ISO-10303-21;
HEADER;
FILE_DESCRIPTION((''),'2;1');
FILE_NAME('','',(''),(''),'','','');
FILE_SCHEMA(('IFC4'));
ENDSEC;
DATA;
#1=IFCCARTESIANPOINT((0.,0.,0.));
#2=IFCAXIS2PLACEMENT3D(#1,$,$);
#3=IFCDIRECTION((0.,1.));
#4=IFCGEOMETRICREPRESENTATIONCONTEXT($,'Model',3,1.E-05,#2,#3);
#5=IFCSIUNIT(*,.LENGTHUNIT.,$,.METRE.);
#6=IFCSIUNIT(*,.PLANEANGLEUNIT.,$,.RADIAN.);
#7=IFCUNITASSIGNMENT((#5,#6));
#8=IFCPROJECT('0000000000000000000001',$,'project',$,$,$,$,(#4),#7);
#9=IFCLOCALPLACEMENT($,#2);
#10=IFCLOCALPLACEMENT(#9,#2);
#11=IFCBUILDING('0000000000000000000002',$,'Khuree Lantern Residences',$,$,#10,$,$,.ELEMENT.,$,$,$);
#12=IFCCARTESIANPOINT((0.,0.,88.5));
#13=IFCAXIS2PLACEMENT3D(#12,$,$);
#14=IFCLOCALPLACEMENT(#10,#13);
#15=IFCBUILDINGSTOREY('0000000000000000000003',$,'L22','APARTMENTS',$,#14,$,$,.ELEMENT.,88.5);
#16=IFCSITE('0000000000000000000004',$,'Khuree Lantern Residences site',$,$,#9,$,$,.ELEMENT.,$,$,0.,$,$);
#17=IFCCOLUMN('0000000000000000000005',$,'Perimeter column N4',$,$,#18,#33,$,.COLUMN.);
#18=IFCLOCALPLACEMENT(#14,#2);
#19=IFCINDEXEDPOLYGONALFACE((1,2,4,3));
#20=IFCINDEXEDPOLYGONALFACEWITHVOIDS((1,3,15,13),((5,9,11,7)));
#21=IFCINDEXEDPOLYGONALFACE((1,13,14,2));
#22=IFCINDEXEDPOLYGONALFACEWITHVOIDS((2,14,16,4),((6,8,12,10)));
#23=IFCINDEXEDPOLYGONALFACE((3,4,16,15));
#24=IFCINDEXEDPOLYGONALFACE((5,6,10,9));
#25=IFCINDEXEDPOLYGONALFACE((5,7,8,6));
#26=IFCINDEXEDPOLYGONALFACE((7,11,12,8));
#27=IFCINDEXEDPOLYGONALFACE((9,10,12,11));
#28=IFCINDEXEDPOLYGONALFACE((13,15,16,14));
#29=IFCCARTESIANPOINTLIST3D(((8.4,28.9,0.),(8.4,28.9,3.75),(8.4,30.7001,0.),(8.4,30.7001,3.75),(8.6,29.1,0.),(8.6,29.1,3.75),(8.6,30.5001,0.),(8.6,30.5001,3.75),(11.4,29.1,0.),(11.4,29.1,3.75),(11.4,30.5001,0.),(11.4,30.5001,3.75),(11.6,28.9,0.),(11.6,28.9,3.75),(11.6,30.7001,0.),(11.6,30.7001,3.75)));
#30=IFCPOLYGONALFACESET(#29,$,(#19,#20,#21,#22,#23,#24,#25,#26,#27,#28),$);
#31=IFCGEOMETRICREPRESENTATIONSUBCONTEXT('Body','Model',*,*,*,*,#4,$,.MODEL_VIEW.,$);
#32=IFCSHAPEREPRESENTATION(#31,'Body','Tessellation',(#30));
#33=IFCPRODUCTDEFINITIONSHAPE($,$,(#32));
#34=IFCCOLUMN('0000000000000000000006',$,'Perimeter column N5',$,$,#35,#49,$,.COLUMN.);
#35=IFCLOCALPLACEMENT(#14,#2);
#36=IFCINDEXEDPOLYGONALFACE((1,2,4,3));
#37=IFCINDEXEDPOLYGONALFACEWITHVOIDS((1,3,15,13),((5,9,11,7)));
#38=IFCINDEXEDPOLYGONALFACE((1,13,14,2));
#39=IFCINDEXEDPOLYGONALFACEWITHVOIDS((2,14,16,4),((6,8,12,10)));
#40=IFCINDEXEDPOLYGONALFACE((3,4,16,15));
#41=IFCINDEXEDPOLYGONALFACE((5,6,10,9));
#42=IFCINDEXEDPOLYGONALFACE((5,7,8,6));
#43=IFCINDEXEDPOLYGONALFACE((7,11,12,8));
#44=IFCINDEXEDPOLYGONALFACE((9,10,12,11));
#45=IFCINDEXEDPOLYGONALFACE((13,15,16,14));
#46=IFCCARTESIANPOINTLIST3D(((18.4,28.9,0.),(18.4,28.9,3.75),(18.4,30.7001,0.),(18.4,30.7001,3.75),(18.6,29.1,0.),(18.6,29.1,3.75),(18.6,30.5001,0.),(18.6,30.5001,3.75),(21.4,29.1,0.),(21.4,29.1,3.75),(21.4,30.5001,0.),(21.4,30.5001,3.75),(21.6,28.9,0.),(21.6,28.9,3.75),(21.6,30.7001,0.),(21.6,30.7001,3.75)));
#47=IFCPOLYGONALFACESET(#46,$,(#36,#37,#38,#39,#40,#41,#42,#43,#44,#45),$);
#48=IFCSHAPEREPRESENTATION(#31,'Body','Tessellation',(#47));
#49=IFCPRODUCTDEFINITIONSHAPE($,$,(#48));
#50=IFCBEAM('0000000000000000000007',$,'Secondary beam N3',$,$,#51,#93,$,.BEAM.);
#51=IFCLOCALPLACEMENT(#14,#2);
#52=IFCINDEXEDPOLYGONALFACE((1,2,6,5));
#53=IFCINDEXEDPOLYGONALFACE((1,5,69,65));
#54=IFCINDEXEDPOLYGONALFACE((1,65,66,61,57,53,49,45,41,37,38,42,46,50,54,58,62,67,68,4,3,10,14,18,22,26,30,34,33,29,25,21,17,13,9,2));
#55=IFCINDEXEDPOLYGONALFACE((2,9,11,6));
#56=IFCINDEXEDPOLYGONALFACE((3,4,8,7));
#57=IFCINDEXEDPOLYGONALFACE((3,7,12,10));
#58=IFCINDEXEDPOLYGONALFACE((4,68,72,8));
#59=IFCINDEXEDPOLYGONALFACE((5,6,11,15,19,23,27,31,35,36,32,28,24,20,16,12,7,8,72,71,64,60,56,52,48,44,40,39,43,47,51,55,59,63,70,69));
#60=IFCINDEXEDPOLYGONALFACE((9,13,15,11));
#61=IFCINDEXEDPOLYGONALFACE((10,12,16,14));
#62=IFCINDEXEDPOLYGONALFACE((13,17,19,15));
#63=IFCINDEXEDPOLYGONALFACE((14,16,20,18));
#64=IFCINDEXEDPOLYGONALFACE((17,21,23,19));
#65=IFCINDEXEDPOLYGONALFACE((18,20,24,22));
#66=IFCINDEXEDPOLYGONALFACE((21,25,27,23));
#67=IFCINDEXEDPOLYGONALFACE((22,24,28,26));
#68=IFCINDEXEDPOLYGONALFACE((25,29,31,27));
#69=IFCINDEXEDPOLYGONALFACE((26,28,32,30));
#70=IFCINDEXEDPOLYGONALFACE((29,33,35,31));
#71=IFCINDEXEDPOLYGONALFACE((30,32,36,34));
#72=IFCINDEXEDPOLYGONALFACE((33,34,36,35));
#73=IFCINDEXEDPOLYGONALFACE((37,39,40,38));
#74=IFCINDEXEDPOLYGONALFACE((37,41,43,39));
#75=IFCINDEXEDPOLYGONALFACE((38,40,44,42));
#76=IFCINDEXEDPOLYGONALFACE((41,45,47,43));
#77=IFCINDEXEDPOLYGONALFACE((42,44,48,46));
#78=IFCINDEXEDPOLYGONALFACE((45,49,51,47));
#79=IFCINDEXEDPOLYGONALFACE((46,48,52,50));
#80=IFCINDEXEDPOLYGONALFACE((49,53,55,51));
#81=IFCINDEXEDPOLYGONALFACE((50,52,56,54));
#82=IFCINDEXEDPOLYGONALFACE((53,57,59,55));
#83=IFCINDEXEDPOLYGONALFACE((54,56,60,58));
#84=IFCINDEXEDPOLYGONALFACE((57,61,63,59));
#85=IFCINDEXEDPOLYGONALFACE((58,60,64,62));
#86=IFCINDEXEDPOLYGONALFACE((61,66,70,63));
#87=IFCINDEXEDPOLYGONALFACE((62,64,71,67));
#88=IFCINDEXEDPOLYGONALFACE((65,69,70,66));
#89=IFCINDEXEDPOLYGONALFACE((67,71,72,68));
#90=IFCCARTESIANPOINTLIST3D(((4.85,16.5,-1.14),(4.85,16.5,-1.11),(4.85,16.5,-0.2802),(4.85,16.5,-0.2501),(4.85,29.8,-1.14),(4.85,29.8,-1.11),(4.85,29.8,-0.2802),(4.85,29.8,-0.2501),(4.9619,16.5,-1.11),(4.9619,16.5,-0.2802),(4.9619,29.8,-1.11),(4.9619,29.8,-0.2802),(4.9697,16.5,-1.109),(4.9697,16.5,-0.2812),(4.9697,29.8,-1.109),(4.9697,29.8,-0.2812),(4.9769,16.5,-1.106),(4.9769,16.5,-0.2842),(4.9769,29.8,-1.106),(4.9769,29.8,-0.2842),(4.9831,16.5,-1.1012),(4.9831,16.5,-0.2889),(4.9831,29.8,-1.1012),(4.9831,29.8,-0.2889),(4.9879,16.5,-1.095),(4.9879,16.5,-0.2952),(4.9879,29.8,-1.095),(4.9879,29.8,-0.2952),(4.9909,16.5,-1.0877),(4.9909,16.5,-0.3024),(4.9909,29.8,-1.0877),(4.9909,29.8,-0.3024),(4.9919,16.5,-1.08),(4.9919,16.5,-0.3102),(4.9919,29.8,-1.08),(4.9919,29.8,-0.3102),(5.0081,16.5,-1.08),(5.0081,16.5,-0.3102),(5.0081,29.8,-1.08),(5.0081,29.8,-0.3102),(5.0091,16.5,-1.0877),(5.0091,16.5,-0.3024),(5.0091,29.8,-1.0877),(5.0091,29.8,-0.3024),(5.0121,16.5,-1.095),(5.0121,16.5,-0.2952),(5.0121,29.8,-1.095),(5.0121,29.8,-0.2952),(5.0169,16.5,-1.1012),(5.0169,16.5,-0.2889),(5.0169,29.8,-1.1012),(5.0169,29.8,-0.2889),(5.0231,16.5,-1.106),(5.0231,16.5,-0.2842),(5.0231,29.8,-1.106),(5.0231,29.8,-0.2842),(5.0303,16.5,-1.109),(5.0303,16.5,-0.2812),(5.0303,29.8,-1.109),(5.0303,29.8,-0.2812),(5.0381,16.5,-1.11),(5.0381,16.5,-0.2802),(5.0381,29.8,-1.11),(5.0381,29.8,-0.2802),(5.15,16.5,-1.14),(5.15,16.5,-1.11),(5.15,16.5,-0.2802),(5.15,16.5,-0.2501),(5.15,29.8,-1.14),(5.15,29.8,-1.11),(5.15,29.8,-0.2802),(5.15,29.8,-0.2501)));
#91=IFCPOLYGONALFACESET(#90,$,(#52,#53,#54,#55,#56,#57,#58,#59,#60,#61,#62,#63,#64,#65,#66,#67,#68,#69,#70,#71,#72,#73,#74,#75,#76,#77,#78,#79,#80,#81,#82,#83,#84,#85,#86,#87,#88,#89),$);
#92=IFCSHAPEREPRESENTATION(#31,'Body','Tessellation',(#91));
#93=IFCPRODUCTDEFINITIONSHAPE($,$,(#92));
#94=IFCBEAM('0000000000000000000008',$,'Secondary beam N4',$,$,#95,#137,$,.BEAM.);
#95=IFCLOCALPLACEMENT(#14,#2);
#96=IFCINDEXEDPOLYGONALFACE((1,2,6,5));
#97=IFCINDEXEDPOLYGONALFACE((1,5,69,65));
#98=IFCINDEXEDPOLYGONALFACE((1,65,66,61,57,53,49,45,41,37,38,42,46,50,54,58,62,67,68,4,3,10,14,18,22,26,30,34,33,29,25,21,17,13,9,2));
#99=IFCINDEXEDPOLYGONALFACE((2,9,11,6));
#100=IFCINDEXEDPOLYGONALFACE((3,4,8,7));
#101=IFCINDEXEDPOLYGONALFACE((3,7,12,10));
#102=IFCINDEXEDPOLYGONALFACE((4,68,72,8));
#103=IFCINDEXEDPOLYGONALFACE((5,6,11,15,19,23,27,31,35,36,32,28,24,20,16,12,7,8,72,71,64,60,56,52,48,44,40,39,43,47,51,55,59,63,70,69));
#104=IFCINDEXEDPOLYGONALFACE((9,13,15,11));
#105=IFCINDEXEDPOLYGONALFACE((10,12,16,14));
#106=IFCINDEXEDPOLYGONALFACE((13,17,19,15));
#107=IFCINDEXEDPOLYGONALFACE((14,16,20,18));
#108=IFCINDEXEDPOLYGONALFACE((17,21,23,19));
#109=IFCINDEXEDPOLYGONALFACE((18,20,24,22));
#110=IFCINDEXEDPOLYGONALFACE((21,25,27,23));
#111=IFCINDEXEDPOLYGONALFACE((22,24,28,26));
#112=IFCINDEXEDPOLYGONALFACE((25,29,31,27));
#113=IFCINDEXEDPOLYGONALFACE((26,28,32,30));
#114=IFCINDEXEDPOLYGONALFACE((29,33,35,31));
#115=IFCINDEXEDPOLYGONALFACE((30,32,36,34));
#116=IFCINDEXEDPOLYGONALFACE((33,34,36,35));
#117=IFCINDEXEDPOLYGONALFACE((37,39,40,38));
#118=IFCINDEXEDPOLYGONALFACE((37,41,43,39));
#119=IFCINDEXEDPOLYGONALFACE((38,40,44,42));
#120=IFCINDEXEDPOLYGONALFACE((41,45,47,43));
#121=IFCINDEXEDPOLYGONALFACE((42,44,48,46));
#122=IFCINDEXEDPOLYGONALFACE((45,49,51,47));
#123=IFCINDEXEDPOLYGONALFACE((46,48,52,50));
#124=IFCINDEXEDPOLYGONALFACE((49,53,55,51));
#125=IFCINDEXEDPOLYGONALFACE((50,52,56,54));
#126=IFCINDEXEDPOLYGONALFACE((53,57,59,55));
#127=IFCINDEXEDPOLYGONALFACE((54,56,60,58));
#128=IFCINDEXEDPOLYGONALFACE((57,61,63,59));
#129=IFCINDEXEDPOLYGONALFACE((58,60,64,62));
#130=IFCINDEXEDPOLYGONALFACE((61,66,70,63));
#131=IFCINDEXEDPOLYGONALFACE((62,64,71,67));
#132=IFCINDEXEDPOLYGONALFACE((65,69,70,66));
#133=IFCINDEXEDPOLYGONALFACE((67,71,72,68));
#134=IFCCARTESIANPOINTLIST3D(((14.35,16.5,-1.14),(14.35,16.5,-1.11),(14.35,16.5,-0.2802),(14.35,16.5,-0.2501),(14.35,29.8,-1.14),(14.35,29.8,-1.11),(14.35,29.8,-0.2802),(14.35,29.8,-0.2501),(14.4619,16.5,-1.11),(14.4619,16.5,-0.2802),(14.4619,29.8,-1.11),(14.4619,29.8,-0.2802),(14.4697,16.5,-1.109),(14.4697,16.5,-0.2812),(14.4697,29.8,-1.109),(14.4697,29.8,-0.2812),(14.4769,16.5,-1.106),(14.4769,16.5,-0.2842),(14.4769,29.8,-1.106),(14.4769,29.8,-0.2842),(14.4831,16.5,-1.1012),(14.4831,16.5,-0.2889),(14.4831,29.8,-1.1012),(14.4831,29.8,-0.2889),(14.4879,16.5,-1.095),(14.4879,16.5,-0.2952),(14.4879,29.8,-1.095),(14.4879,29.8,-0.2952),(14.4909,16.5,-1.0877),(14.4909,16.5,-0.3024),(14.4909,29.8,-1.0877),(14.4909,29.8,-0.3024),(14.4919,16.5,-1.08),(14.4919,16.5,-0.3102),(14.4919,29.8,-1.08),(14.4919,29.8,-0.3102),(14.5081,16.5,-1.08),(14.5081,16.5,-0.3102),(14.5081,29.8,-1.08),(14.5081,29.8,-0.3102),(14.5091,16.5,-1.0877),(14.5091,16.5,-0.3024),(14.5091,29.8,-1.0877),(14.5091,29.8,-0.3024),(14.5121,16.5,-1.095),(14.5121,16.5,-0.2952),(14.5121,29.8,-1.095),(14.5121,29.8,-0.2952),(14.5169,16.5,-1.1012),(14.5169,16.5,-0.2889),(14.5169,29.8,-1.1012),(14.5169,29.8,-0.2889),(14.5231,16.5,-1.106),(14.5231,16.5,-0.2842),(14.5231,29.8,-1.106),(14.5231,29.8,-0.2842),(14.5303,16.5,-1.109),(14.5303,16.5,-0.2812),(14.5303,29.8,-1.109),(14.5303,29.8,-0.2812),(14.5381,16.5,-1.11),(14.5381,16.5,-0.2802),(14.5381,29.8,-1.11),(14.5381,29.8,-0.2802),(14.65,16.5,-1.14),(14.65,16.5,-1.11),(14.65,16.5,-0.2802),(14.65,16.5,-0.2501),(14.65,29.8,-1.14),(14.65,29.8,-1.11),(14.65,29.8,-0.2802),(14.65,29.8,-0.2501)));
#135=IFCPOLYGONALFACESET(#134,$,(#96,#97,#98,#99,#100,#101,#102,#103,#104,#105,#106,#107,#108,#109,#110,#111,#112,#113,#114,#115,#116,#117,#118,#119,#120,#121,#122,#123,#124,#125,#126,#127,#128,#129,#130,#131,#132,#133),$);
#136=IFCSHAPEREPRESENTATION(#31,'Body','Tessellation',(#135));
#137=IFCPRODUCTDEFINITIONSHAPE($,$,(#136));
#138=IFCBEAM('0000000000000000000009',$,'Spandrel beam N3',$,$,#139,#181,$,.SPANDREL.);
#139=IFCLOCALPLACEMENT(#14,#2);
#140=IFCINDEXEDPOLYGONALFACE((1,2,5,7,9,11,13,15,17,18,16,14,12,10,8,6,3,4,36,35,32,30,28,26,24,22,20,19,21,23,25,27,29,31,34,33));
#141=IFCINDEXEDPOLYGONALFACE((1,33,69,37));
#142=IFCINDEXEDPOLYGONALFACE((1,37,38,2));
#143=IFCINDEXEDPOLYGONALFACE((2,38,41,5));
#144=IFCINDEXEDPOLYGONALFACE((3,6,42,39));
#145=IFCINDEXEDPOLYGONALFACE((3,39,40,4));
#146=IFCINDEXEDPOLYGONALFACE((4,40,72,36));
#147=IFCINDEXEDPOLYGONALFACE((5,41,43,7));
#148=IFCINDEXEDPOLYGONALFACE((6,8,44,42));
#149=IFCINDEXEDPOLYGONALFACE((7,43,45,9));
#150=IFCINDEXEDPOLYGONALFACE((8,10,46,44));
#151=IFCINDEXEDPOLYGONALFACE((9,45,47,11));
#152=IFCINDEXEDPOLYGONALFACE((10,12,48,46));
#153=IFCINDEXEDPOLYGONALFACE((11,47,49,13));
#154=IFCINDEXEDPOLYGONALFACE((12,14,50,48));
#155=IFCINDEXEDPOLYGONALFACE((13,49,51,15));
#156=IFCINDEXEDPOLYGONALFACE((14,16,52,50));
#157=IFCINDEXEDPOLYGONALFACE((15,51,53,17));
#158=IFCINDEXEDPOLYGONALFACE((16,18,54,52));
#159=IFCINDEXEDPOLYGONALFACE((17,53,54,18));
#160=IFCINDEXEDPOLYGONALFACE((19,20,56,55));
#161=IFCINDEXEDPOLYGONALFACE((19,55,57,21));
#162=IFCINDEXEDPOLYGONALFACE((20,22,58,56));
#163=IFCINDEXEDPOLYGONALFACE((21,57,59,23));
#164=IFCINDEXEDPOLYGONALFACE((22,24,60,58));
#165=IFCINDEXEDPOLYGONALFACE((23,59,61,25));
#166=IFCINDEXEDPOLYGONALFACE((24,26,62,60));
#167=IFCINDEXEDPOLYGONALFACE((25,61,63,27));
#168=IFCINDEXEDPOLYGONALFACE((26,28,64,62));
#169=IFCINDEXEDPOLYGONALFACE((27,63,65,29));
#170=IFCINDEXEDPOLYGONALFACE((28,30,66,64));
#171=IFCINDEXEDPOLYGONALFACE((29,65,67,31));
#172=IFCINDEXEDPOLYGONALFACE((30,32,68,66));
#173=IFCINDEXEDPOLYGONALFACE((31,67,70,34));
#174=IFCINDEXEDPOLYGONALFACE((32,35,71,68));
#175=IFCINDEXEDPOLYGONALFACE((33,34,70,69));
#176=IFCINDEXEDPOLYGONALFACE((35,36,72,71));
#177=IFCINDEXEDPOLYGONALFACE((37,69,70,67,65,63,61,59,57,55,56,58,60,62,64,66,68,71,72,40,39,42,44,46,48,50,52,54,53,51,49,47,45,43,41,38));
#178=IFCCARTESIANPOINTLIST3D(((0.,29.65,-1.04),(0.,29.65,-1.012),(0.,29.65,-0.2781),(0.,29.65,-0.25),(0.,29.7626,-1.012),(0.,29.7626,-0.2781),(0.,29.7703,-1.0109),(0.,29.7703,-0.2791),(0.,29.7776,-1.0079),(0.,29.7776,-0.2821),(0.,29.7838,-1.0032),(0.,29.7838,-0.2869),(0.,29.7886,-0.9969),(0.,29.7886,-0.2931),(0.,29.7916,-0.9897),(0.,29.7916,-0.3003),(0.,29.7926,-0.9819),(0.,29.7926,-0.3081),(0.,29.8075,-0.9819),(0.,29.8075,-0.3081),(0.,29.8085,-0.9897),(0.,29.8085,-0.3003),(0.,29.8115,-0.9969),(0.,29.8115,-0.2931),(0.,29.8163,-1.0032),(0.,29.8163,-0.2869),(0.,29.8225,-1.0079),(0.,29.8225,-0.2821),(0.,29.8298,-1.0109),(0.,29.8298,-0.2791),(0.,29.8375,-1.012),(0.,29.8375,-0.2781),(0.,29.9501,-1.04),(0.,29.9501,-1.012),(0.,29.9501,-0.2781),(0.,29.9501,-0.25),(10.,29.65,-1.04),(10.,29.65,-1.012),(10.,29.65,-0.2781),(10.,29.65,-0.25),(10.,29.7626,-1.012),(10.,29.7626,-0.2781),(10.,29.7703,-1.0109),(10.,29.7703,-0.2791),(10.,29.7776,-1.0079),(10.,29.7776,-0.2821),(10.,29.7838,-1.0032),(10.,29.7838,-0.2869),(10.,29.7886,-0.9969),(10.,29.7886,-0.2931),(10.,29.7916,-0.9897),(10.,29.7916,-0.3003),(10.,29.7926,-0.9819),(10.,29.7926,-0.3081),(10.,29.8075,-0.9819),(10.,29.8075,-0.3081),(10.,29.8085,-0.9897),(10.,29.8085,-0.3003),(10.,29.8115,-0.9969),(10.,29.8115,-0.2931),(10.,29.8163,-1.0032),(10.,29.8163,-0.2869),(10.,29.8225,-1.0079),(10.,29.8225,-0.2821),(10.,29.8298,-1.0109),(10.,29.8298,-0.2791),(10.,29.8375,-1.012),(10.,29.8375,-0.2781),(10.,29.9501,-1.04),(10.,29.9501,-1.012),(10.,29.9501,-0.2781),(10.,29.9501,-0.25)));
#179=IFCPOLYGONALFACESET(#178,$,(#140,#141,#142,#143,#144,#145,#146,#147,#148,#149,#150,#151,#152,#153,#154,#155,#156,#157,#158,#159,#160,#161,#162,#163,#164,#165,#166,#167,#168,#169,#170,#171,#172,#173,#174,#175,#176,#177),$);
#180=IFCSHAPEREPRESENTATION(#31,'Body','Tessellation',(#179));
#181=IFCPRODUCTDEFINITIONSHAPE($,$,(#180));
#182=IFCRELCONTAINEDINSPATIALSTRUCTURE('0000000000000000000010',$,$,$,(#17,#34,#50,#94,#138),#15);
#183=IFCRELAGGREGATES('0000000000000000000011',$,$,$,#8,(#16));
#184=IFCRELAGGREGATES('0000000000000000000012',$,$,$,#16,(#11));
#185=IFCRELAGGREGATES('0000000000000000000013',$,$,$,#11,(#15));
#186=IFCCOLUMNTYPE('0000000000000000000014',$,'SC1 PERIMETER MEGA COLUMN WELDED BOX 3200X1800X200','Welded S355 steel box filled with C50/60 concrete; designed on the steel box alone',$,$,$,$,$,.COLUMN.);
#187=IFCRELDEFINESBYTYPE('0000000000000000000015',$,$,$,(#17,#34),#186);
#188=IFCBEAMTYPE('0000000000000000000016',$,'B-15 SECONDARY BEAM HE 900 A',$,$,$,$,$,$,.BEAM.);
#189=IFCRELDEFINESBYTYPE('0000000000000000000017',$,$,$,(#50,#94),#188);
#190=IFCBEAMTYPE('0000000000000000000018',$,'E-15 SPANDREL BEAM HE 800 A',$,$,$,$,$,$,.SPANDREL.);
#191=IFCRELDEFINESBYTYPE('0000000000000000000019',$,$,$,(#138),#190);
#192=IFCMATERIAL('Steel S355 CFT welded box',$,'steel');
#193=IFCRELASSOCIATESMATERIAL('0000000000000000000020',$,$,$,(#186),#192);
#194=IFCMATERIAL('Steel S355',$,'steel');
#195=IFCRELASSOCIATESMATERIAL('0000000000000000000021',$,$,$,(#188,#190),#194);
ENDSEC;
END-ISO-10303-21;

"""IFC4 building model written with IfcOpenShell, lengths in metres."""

from ifc_helpers import new_model, si_unit, direction, frame, origin, origin_2d, place, context, subcontext, project, spatial, hollow_rectangle, i_section, extrude, material, material_profile, profile_set, type_object, element, save


model = new_model("IFC4")

# Units and contexts
model_context = context("Model", 3, precision=1e-05, world=origin(), true_north=direction((0.0, 1.0)))
body_context = subcontext(model_context, "Body", "Model", "MODEL_VIEW")
ifc_project = project(units=[si_unit("LENGTHUNIT", "METRE"), si_unit("PLANEANGLEUNIT", "RADIAN")], contexts=[model_context])

# Site, building, storey
site_placement = place(None, origin())
site = spatial("IfcSite", under=ifc_project, at=site_placement, Name="Khuree Lantern Residences site", CompositionType="ELEMENT", RefElevation=0.0)
building_placement = place(site_placement, origin())
building = spatial("IfcBuilding", under=site, at=building_placement, Name="Khuree Lantern Residences", CompositionType="ELEMENT")
storey_placement = place(building_placement, frame((0.0, 0.0, 88.5)))
storey = spatial("IfcBuildingStorey", under=building, at=storey_placement, Name="L22", Description="APARTMENTS", CompositionType="ELEMENT", Elevation=88.5)

# Columns
ifc_material_1 = material(Name="Steel S355 CFT welded box", Category="steel")
ifc_material_profile_1 = material_profile(ifc_material_1, hollow_rectangle(XDim=3.2, YDim=1.8, WallThickness=0.2, at=origin_2d()), Name="WELDED BOX 3200X1800X200")
ifc_profile_set_1 = profile_set([ifc_material_profile_1], Name="Steel S355 CFT welded box")
column_type = type_object("IfcColumnType", Name="SC1 PERIMETER MEGA COLUMN WELDED BOX 3200X1800X200", Description="Welded S355 steel box filled with C50/60 concrete; designed on the steel box alone", PredefinedType="COLUMN", material=ifc_profile_set_1)
for number, where, z_axis, x_axis, name in (
    (1, (10.0, 29.8, 0.0), (0.0, 0.0, 1.0), (1.0, 0.0, 0.0), "Perimeter column N4"),
    (2, (20.0, 29.8, 0.0), (0.0, 0.0, 1.0), (1.0, 0.0, 0.0), "Perimeter column N5"),
):
    element("IfcColumn", number, at=place(storey_placement, frame(where, z_axis=z_axis, x_axis=x_axis)), inside=storey, type_object=column_type, Name=name, PredefinedType="COLUMN", context=body_context, shape_type="SweptSolid", body=[
        extrude(hollow_rectangle(XDim=3.2, YDim=1.8, WallThickness=0.2, at=origin_2d()), origin(), (0.0, 0.0, 1.0), 3.75),
    ])

# Beams
ifc_material_2 = material(Name="Steel S355", Category="steel")
ifc_material_profile_2 = material_profile(ifc_material_2, i_section(OverallWidth=0.3, OverallDepth=0.8899, WebThickness=0.0161, FlangeThickness=0.03, FilletRadius=0.03, at=origin_2d()), Name="HE 900 A")
ifc_profile_set_2 = profile_set([ifc_material_profile_2], Name="Steel S355")
beam_type_1 = type_object("IfcBeamType", Name="B-15 SECONDARY BEAM HE 900 A", PredefinedType="BEAM", material=ifc_profile_set_2)
for number, where, z_axis, x_axis, name in (
    (3, (5.0, 29.8, -0.6951), (0.0, -1.0, 0.0), (1.0, 0.0, 0.0), "Secondary beam N3"),
    (4, (14.5, 29.8, -0.6951), (0.0, -1.0, 0.0), (1.0, 0.0, 0.0), "Secondary beam N4"),
):
    element("IfcBeam", number, at=place(storey_placement, frame(where, z_axis=z_axis, x_axis=x_axis)), inside=storey, type_object=beam_type_1, Name=name, PredefinedType="BEAM", context=body_context, shape_type="SweptSolid", body=[
        extrude(i_section(OverallWidth=0.3, OverallDepth=0.8899, WebThickness=0.0161, FlangeThickness=0.03, FilletRadius=0.03, at=origin_2d()), origin(), (0.0, 0.0, 1.0), 13.3),
    ])
ifc_material_profile_3 = material_profile(ifc_material_2, i_section(OverallWidth=0.3, OverallDepth=0.79, WebThickness=0.0149, FlangeThickness=0.0281, FilletRadius=0.03, at=origin_2d()), Name="HE 800 A")
ifc_profile_set_3 = profile_set([ifc_material_profile_3], Name="Steel S355")
beam_type_2 = type_object("IfcBeamType", Name="E-15 SPANDREL BEAM HE 800 A", PredefinedType="SPANDREL", material=ifc_profile_set_3)
for number, where, z_axis, x_axis, name in (
    (5, (0.0, 29.8, -0.645), (1.0, 0.0, 0.0), (0.0, 1.0, 0.0), "Spandrel beam N3"),
):
    element("IfcBeam", number, at=place(storey_placement, frame(where, z_axis=z_axis, x_axis=x_axis)), inside=storey, type_object=beam_type_2, Name=name, PredefinedType="SPANDREL", context=body_context, shape_type="SweptSolid", body=[
        extrude(i_section(OverallWidth=0.3, OverallDepth=0.79, WebThickness=0.0149, FlangeThickness=0.0281, FilletRadius=0.03, at=origin_2d()), origin(), (0.0, 0.0, 1.0), 10.0),
    ])

save(model, "model.ifc")
